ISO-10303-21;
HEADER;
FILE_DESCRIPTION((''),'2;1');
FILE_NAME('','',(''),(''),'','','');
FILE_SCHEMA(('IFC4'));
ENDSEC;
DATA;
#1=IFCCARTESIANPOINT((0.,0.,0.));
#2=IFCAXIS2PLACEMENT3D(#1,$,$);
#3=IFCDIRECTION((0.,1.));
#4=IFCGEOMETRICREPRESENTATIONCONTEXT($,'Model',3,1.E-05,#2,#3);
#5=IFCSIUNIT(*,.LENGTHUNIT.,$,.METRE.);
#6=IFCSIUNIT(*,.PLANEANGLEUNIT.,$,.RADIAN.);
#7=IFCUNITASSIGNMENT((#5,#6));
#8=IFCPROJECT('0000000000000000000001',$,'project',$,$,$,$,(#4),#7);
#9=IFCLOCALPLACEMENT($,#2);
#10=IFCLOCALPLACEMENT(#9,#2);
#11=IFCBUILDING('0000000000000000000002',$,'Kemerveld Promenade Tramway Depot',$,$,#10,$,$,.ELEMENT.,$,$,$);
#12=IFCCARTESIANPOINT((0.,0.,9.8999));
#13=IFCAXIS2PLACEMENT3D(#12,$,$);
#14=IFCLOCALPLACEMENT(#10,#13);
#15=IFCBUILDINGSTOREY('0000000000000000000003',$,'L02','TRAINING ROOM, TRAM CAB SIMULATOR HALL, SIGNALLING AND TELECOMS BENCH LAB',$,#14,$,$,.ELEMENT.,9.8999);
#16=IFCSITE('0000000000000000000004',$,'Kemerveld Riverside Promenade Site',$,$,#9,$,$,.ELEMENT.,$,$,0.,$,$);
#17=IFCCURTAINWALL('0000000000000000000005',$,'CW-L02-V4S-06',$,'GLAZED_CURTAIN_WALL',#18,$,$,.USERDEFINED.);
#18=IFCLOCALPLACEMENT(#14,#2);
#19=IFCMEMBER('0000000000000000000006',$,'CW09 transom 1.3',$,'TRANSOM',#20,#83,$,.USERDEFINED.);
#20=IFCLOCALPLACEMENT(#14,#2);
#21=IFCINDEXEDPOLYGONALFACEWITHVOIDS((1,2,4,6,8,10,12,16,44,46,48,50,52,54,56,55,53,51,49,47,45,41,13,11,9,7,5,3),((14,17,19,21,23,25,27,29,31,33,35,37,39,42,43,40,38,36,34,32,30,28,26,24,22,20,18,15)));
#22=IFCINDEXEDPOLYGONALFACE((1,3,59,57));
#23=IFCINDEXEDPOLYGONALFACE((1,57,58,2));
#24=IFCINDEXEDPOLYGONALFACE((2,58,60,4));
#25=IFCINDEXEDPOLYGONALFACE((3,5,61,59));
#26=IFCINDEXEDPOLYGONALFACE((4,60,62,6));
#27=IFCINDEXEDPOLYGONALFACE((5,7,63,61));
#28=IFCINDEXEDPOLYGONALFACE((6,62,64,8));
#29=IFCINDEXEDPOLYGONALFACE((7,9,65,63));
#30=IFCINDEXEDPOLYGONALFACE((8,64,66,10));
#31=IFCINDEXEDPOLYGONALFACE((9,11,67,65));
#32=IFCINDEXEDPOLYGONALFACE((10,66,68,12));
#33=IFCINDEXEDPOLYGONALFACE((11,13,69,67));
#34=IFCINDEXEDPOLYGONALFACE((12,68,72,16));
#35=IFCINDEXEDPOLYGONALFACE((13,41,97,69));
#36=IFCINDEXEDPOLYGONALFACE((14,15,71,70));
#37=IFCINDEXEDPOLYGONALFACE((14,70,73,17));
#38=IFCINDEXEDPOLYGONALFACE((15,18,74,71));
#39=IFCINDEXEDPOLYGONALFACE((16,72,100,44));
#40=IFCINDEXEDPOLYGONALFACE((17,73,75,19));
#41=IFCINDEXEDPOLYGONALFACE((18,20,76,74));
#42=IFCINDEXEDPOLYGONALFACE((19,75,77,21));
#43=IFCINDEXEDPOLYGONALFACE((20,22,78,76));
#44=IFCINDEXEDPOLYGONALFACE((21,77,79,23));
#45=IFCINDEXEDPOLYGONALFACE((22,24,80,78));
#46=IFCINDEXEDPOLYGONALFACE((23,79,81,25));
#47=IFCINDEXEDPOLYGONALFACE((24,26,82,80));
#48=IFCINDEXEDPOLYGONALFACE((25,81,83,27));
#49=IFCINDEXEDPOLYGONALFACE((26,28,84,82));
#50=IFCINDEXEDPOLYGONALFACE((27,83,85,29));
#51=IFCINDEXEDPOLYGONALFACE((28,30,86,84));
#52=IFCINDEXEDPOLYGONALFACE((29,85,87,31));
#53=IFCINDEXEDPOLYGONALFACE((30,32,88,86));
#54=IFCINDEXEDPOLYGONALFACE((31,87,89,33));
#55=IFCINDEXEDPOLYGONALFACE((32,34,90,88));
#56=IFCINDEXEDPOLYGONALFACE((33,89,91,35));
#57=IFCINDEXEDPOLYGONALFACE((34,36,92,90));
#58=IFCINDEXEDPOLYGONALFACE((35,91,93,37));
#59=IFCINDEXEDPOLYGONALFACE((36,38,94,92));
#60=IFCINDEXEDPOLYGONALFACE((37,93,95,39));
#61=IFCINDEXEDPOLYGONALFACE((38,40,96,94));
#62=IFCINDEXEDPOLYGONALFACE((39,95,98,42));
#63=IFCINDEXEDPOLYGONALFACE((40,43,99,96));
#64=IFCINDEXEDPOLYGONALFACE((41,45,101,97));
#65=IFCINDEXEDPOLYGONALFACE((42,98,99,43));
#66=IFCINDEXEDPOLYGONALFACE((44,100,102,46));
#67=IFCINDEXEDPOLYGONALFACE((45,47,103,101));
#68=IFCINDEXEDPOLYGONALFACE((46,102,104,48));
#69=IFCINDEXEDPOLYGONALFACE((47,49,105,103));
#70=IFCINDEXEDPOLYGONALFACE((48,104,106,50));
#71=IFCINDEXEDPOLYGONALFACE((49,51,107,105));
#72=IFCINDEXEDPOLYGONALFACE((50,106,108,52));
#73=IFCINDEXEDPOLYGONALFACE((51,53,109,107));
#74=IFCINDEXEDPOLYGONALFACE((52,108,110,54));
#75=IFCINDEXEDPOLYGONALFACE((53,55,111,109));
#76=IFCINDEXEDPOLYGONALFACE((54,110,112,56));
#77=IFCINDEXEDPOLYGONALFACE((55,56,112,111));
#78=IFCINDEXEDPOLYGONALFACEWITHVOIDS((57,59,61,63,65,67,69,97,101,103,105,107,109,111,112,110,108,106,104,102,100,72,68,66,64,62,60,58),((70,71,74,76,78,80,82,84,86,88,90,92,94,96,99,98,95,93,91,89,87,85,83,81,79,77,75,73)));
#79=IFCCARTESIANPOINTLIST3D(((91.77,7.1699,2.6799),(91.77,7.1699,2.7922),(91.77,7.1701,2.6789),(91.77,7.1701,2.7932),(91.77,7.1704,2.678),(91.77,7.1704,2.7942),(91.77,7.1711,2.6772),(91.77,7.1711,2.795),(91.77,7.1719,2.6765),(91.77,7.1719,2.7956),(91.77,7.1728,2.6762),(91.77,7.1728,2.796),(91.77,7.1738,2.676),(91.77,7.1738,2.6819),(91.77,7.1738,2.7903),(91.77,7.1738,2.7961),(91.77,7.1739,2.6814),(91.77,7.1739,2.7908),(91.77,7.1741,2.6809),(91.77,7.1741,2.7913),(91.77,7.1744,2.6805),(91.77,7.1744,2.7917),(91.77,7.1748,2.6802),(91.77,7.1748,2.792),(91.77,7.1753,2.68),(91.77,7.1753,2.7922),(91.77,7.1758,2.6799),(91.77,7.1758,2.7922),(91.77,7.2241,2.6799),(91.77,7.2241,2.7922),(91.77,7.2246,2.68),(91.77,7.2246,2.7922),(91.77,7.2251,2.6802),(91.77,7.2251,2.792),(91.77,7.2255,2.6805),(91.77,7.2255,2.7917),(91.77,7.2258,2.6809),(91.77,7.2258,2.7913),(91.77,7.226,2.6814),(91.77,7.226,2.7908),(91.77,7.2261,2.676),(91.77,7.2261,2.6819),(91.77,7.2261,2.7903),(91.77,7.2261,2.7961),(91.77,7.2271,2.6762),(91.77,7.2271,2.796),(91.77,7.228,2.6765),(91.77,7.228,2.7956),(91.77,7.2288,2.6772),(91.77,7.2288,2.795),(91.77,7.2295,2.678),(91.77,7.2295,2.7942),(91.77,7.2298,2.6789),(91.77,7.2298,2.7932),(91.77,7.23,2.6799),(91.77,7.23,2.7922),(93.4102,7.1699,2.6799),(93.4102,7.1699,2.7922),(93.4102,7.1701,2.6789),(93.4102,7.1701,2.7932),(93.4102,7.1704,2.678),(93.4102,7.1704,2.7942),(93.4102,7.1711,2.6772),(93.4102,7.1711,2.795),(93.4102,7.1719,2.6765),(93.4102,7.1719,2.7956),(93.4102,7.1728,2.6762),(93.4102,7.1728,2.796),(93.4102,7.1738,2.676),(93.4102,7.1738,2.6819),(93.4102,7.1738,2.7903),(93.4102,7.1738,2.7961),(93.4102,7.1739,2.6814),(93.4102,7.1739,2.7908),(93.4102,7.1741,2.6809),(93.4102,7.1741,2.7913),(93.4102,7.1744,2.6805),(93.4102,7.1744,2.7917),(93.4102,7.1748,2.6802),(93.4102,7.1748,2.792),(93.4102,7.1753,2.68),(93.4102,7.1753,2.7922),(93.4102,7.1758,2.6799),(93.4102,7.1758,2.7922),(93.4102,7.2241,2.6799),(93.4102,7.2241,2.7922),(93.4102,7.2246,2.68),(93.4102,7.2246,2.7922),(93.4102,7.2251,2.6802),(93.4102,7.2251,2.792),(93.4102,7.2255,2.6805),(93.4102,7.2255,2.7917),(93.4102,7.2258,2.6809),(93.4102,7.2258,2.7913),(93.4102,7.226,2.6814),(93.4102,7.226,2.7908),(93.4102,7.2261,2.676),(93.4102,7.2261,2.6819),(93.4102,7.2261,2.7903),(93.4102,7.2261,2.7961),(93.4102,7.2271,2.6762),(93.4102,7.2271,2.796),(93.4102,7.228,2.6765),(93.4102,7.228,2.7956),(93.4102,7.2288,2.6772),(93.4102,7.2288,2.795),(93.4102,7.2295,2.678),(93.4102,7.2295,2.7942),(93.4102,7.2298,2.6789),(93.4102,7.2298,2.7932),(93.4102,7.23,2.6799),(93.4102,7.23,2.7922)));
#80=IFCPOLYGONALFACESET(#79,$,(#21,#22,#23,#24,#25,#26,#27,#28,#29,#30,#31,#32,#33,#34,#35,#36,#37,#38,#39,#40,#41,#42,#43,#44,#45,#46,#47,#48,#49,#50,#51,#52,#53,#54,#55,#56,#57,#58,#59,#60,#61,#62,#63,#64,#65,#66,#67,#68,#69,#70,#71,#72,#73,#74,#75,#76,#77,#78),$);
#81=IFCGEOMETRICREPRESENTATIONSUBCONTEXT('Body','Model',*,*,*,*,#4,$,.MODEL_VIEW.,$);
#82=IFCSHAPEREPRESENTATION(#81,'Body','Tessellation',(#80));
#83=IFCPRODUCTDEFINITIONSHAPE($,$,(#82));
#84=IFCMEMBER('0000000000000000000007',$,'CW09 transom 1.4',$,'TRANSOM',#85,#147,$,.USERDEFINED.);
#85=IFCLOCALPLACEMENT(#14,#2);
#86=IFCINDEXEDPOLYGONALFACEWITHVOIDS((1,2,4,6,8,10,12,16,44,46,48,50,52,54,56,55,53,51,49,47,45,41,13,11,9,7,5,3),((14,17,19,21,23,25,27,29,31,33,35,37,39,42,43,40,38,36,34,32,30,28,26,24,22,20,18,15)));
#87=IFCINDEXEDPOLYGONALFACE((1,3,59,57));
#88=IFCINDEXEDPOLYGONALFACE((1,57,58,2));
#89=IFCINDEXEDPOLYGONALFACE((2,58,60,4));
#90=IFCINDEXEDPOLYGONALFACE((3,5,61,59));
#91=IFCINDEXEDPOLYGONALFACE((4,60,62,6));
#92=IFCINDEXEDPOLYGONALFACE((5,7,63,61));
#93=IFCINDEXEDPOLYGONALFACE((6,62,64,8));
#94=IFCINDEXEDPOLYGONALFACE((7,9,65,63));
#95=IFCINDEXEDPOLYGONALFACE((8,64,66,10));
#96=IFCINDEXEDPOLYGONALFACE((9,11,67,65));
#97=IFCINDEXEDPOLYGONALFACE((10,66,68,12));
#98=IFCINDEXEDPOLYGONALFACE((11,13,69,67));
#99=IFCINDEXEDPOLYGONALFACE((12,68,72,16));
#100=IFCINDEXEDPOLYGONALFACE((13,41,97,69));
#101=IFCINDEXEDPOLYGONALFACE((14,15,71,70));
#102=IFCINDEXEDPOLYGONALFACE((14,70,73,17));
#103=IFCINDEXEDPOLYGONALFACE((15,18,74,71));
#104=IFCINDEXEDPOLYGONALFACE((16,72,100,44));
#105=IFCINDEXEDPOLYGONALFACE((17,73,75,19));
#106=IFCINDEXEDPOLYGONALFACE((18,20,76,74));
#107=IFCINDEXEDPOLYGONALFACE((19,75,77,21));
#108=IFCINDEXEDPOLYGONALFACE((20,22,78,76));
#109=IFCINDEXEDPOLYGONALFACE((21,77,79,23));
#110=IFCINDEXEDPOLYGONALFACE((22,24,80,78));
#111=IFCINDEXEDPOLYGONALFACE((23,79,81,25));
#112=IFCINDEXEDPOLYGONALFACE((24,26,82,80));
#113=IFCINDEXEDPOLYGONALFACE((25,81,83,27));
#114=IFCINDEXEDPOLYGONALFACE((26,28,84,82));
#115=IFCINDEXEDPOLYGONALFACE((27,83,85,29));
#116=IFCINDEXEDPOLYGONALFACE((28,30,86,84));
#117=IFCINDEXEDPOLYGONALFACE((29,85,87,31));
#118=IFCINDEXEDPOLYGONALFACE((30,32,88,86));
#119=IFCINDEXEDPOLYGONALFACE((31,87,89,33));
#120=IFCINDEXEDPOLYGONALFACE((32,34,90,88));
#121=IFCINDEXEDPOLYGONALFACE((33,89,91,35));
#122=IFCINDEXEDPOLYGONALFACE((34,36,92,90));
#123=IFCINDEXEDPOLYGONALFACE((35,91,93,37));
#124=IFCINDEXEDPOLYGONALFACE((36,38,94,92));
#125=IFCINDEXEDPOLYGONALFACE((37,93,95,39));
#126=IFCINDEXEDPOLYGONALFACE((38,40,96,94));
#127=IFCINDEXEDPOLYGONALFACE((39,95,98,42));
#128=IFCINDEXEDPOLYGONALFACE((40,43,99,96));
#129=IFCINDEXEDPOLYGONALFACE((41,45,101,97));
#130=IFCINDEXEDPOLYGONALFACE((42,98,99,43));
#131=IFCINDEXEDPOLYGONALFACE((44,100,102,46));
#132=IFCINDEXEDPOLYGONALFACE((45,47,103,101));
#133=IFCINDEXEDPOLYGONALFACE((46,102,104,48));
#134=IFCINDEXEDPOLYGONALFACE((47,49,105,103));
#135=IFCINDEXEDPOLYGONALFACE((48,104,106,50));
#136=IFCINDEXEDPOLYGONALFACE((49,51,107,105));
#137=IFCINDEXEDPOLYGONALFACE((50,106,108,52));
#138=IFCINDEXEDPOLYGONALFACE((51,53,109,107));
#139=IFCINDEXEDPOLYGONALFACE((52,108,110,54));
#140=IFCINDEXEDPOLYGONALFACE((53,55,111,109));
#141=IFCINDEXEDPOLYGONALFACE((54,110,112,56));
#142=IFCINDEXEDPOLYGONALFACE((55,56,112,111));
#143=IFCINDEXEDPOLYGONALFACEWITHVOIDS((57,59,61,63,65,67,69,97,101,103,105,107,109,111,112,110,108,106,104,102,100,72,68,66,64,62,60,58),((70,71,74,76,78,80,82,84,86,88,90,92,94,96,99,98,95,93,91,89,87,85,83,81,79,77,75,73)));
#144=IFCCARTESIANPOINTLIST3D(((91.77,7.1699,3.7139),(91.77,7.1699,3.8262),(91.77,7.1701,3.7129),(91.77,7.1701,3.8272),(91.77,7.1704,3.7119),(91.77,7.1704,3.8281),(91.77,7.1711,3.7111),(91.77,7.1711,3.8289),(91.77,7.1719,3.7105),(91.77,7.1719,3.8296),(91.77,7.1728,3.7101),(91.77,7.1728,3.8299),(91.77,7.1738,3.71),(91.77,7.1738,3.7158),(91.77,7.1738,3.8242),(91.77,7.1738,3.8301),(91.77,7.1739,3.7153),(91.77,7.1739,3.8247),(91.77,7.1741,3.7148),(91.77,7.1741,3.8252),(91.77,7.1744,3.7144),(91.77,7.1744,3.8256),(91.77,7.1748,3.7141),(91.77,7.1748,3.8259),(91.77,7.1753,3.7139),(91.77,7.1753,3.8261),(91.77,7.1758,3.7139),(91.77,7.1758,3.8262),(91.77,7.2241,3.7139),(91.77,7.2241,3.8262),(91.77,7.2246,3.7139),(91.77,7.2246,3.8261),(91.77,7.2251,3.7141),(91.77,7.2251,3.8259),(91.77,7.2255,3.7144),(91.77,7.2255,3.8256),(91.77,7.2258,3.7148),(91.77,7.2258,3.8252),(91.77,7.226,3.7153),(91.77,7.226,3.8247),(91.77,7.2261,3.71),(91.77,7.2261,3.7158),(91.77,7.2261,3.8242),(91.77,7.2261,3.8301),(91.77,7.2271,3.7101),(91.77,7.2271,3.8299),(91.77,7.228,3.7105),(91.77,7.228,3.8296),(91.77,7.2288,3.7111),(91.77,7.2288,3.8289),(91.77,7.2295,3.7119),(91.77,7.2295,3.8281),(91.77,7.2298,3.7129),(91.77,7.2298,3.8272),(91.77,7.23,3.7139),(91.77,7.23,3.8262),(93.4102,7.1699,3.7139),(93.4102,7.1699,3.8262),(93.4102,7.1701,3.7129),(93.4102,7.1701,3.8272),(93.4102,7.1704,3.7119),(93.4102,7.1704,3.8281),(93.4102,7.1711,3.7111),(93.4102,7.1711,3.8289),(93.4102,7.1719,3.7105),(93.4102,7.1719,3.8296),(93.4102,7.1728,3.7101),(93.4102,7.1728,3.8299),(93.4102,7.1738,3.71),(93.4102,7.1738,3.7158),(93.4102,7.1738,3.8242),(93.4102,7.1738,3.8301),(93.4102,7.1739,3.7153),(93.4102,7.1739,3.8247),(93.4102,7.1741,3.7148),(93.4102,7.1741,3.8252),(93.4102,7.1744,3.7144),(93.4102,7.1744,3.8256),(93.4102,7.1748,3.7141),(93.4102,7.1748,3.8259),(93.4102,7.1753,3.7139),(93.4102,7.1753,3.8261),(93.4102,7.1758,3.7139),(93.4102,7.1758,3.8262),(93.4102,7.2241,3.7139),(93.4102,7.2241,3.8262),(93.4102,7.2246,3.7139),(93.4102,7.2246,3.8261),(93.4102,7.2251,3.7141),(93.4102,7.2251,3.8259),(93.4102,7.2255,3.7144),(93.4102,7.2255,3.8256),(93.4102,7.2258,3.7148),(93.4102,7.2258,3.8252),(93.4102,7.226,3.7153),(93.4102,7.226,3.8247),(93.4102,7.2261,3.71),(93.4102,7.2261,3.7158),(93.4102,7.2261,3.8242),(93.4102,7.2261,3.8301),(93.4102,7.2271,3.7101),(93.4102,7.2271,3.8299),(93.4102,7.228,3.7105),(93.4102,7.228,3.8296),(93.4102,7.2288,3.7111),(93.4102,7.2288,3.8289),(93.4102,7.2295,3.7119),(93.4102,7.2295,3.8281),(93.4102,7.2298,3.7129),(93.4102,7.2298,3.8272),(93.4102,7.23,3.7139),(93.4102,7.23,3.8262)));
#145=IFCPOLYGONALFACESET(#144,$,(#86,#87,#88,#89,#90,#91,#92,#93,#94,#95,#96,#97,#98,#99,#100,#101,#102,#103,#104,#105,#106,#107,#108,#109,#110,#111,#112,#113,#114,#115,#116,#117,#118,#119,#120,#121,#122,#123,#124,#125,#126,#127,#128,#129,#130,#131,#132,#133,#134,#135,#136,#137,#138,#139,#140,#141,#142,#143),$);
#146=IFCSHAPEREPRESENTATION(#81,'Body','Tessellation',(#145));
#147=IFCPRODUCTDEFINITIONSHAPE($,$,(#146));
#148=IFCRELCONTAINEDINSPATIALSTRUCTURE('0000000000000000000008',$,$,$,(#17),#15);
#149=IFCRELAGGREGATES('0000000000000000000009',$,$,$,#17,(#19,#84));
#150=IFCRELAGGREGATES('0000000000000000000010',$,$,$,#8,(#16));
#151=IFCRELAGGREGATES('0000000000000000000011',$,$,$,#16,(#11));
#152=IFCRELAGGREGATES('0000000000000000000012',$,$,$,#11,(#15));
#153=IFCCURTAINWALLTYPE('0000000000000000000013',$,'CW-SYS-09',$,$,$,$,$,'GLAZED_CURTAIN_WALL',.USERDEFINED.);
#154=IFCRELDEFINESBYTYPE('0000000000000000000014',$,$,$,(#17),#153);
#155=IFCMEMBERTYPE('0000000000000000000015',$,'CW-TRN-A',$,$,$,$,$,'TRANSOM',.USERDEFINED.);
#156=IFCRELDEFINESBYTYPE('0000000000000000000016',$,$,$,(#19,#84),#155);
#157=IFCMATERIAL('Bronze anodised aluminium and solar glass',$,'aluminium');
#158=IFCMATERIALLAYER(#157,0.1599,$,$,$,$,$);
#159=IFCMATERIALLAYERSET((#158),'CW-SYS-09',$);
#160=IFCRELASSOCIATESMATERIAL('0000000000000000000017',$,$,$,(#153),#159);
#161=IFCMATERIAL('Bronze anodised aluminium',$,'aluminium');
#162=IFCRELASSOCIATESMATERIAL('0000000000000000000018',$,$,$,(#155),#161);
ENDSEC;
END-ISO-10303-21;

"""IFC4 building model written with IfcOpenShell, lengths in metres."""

from ifc_helpers import new_model, si_unit, direction, frame, origin, origin_2d, place, context, subcontext, project, spatial, hollow_rectangle, extrude, material, layer, layer_set, material_profile, profile_set, type_object, element, aggregate, save


model = new_model("IFC4")

# Units and contexts
model_context = context("Model", 3, precision=1e-05, world=origin(), true_north=direction((0.0, 1.0)))
body_context = subcontext(model_context, "Body", "Model", "MODEL_VIEW")
ifc_project = project(units=[si_unit("LENGTHUNIT", "METRE"), si_unit("PLANEANGLEUNIT", "RADIAN")], contexts=[model_context])

# Site, building, storey
site_placement = place(None, origin())
site = spatial("IfcSite", under=ifc_project, at=site_placement, Name="Kemerveld Riverside Promenade Site", CompositionType="ELEMENT", RefElevation=0.0)
building_placement = place(site_placement, origin())
building = spatial("IfcBuilding", under=site, at=building_placement, Name="Kemerveld Promenade Tramway Depot", CompositionType="ELEMENT")
storey_placement = place(building_placement, frame((0.0, 0.0, 9.8999)))
storey = spatial("IfcBuildingStorey", under=building, at=storey_placement, Name="L02", Description="TRAINING ROOM, TRAM CAB SIMULATOR HALL, SIGNALLING AND TELECOMS BENCH LAB", CompositionType="ELEMENT", Elevation=9.8999)

# Curtain wall, members
ifc_material_1 = material(Name="Bronze anodised aluminium and solar glass", Category="aluminium")
ifc_layer_1 = layer(ifc_material_1, 0.1599)
ifc_layer_set_1 = layer_set([ifc_layer_1], Name="CW-SYS-09")
curtain_wall_type = type_object("IfcCurtainWallType", Name="CW-SYS-09", ElementType="GLAZED_CURTAIN_WALL", PredefinedType="USERDEFINED", material=ifc_layer_set_1)
curtain_wall_placement = place(storey_placement, origin())
curtain_wall = element("IfcCurtainWall", 1, at=curtain_wall_placement, inside=storey, type_object=curtain_wall_type, Name="CW-L02-V4S-06", ObjectType="GLAZED_CURTAIN_WALL", PredefinedType="USERDEFINED")
ifc_material_2 = material(Name="Bronze anodised aluminium", Category="aluminium")
ifc_material_profile_1 = material_profile(ifc_material_2, hollow_rectangle(XDim=0.0601, YDim=0.1201, WallThickness=0.0039, InnerFilletRadius=0.002, OuterFilletRadius=0.0039, at=origin_2d()), Name="CW-TRN-120x60")
ifc_profile_set_1 = profile_set([ifc_material_profile_1], Name="Bronze anodised aluminium")
member_type_1 = type_object("IfcMemberType", Name="CW-TRN-A", ElementType="TRANSOM", PredefinedType="USERDEFINED", material=ifc_profile_set_1)
member_1_placement = place(storey_placement, frame((93.4102, 7.2, 2.7361), z_axis=(-1.0, 0.0, 0.0), x_axis=(0.0, -1.0, 0.0)))
member_1 = element("IfcMember", 2, at=member_1_placement, type_object=member_type_1, Name="CW09 transom 1.3", ObjectType="TRANSOM", PredefinedType="USERDEFINED", context=body_context, shape_type="SweptSolid", body=[
    extrude(hollow_rectangle(XDim=0.0601, YDim=0.1201, WallThickness=0.0039, InnerFilletRadius=0.002, OuterFilletRadius=0.0039, at=origin_2d()), origin(), (0.0, 0.0, 1.0), 1.6401),
])
member_2_placement = place(storey_placement, frame((93.4102, 7.2, 3.77), z_axis=(-1.0, 0.0, 0.0), x_axis=(0.0, -1.0, 0.0)))
member_2 = element("IfcMember", 3, at=member_2_placement, type_object=member_type_1, Name="CW09 transom 1.4", ObjectType="TRANSOM", PredefinedType="USERDEFINED", context=body_context, shape_type="SweptSolid", body=[
    extrude(hollow_rectangle(XDim=0.0601, YDim=0.1201, WallThickness=0.0039, InnerFilletRadius=0.002, OuterFilletRadius=0.0039, at=origin_2d()), origin(), (0.0, 0.0, 1.0), 1.6401),
])
aggregate(curtain_wall, [member_1, member_2])

save(model, "model.ifc")
